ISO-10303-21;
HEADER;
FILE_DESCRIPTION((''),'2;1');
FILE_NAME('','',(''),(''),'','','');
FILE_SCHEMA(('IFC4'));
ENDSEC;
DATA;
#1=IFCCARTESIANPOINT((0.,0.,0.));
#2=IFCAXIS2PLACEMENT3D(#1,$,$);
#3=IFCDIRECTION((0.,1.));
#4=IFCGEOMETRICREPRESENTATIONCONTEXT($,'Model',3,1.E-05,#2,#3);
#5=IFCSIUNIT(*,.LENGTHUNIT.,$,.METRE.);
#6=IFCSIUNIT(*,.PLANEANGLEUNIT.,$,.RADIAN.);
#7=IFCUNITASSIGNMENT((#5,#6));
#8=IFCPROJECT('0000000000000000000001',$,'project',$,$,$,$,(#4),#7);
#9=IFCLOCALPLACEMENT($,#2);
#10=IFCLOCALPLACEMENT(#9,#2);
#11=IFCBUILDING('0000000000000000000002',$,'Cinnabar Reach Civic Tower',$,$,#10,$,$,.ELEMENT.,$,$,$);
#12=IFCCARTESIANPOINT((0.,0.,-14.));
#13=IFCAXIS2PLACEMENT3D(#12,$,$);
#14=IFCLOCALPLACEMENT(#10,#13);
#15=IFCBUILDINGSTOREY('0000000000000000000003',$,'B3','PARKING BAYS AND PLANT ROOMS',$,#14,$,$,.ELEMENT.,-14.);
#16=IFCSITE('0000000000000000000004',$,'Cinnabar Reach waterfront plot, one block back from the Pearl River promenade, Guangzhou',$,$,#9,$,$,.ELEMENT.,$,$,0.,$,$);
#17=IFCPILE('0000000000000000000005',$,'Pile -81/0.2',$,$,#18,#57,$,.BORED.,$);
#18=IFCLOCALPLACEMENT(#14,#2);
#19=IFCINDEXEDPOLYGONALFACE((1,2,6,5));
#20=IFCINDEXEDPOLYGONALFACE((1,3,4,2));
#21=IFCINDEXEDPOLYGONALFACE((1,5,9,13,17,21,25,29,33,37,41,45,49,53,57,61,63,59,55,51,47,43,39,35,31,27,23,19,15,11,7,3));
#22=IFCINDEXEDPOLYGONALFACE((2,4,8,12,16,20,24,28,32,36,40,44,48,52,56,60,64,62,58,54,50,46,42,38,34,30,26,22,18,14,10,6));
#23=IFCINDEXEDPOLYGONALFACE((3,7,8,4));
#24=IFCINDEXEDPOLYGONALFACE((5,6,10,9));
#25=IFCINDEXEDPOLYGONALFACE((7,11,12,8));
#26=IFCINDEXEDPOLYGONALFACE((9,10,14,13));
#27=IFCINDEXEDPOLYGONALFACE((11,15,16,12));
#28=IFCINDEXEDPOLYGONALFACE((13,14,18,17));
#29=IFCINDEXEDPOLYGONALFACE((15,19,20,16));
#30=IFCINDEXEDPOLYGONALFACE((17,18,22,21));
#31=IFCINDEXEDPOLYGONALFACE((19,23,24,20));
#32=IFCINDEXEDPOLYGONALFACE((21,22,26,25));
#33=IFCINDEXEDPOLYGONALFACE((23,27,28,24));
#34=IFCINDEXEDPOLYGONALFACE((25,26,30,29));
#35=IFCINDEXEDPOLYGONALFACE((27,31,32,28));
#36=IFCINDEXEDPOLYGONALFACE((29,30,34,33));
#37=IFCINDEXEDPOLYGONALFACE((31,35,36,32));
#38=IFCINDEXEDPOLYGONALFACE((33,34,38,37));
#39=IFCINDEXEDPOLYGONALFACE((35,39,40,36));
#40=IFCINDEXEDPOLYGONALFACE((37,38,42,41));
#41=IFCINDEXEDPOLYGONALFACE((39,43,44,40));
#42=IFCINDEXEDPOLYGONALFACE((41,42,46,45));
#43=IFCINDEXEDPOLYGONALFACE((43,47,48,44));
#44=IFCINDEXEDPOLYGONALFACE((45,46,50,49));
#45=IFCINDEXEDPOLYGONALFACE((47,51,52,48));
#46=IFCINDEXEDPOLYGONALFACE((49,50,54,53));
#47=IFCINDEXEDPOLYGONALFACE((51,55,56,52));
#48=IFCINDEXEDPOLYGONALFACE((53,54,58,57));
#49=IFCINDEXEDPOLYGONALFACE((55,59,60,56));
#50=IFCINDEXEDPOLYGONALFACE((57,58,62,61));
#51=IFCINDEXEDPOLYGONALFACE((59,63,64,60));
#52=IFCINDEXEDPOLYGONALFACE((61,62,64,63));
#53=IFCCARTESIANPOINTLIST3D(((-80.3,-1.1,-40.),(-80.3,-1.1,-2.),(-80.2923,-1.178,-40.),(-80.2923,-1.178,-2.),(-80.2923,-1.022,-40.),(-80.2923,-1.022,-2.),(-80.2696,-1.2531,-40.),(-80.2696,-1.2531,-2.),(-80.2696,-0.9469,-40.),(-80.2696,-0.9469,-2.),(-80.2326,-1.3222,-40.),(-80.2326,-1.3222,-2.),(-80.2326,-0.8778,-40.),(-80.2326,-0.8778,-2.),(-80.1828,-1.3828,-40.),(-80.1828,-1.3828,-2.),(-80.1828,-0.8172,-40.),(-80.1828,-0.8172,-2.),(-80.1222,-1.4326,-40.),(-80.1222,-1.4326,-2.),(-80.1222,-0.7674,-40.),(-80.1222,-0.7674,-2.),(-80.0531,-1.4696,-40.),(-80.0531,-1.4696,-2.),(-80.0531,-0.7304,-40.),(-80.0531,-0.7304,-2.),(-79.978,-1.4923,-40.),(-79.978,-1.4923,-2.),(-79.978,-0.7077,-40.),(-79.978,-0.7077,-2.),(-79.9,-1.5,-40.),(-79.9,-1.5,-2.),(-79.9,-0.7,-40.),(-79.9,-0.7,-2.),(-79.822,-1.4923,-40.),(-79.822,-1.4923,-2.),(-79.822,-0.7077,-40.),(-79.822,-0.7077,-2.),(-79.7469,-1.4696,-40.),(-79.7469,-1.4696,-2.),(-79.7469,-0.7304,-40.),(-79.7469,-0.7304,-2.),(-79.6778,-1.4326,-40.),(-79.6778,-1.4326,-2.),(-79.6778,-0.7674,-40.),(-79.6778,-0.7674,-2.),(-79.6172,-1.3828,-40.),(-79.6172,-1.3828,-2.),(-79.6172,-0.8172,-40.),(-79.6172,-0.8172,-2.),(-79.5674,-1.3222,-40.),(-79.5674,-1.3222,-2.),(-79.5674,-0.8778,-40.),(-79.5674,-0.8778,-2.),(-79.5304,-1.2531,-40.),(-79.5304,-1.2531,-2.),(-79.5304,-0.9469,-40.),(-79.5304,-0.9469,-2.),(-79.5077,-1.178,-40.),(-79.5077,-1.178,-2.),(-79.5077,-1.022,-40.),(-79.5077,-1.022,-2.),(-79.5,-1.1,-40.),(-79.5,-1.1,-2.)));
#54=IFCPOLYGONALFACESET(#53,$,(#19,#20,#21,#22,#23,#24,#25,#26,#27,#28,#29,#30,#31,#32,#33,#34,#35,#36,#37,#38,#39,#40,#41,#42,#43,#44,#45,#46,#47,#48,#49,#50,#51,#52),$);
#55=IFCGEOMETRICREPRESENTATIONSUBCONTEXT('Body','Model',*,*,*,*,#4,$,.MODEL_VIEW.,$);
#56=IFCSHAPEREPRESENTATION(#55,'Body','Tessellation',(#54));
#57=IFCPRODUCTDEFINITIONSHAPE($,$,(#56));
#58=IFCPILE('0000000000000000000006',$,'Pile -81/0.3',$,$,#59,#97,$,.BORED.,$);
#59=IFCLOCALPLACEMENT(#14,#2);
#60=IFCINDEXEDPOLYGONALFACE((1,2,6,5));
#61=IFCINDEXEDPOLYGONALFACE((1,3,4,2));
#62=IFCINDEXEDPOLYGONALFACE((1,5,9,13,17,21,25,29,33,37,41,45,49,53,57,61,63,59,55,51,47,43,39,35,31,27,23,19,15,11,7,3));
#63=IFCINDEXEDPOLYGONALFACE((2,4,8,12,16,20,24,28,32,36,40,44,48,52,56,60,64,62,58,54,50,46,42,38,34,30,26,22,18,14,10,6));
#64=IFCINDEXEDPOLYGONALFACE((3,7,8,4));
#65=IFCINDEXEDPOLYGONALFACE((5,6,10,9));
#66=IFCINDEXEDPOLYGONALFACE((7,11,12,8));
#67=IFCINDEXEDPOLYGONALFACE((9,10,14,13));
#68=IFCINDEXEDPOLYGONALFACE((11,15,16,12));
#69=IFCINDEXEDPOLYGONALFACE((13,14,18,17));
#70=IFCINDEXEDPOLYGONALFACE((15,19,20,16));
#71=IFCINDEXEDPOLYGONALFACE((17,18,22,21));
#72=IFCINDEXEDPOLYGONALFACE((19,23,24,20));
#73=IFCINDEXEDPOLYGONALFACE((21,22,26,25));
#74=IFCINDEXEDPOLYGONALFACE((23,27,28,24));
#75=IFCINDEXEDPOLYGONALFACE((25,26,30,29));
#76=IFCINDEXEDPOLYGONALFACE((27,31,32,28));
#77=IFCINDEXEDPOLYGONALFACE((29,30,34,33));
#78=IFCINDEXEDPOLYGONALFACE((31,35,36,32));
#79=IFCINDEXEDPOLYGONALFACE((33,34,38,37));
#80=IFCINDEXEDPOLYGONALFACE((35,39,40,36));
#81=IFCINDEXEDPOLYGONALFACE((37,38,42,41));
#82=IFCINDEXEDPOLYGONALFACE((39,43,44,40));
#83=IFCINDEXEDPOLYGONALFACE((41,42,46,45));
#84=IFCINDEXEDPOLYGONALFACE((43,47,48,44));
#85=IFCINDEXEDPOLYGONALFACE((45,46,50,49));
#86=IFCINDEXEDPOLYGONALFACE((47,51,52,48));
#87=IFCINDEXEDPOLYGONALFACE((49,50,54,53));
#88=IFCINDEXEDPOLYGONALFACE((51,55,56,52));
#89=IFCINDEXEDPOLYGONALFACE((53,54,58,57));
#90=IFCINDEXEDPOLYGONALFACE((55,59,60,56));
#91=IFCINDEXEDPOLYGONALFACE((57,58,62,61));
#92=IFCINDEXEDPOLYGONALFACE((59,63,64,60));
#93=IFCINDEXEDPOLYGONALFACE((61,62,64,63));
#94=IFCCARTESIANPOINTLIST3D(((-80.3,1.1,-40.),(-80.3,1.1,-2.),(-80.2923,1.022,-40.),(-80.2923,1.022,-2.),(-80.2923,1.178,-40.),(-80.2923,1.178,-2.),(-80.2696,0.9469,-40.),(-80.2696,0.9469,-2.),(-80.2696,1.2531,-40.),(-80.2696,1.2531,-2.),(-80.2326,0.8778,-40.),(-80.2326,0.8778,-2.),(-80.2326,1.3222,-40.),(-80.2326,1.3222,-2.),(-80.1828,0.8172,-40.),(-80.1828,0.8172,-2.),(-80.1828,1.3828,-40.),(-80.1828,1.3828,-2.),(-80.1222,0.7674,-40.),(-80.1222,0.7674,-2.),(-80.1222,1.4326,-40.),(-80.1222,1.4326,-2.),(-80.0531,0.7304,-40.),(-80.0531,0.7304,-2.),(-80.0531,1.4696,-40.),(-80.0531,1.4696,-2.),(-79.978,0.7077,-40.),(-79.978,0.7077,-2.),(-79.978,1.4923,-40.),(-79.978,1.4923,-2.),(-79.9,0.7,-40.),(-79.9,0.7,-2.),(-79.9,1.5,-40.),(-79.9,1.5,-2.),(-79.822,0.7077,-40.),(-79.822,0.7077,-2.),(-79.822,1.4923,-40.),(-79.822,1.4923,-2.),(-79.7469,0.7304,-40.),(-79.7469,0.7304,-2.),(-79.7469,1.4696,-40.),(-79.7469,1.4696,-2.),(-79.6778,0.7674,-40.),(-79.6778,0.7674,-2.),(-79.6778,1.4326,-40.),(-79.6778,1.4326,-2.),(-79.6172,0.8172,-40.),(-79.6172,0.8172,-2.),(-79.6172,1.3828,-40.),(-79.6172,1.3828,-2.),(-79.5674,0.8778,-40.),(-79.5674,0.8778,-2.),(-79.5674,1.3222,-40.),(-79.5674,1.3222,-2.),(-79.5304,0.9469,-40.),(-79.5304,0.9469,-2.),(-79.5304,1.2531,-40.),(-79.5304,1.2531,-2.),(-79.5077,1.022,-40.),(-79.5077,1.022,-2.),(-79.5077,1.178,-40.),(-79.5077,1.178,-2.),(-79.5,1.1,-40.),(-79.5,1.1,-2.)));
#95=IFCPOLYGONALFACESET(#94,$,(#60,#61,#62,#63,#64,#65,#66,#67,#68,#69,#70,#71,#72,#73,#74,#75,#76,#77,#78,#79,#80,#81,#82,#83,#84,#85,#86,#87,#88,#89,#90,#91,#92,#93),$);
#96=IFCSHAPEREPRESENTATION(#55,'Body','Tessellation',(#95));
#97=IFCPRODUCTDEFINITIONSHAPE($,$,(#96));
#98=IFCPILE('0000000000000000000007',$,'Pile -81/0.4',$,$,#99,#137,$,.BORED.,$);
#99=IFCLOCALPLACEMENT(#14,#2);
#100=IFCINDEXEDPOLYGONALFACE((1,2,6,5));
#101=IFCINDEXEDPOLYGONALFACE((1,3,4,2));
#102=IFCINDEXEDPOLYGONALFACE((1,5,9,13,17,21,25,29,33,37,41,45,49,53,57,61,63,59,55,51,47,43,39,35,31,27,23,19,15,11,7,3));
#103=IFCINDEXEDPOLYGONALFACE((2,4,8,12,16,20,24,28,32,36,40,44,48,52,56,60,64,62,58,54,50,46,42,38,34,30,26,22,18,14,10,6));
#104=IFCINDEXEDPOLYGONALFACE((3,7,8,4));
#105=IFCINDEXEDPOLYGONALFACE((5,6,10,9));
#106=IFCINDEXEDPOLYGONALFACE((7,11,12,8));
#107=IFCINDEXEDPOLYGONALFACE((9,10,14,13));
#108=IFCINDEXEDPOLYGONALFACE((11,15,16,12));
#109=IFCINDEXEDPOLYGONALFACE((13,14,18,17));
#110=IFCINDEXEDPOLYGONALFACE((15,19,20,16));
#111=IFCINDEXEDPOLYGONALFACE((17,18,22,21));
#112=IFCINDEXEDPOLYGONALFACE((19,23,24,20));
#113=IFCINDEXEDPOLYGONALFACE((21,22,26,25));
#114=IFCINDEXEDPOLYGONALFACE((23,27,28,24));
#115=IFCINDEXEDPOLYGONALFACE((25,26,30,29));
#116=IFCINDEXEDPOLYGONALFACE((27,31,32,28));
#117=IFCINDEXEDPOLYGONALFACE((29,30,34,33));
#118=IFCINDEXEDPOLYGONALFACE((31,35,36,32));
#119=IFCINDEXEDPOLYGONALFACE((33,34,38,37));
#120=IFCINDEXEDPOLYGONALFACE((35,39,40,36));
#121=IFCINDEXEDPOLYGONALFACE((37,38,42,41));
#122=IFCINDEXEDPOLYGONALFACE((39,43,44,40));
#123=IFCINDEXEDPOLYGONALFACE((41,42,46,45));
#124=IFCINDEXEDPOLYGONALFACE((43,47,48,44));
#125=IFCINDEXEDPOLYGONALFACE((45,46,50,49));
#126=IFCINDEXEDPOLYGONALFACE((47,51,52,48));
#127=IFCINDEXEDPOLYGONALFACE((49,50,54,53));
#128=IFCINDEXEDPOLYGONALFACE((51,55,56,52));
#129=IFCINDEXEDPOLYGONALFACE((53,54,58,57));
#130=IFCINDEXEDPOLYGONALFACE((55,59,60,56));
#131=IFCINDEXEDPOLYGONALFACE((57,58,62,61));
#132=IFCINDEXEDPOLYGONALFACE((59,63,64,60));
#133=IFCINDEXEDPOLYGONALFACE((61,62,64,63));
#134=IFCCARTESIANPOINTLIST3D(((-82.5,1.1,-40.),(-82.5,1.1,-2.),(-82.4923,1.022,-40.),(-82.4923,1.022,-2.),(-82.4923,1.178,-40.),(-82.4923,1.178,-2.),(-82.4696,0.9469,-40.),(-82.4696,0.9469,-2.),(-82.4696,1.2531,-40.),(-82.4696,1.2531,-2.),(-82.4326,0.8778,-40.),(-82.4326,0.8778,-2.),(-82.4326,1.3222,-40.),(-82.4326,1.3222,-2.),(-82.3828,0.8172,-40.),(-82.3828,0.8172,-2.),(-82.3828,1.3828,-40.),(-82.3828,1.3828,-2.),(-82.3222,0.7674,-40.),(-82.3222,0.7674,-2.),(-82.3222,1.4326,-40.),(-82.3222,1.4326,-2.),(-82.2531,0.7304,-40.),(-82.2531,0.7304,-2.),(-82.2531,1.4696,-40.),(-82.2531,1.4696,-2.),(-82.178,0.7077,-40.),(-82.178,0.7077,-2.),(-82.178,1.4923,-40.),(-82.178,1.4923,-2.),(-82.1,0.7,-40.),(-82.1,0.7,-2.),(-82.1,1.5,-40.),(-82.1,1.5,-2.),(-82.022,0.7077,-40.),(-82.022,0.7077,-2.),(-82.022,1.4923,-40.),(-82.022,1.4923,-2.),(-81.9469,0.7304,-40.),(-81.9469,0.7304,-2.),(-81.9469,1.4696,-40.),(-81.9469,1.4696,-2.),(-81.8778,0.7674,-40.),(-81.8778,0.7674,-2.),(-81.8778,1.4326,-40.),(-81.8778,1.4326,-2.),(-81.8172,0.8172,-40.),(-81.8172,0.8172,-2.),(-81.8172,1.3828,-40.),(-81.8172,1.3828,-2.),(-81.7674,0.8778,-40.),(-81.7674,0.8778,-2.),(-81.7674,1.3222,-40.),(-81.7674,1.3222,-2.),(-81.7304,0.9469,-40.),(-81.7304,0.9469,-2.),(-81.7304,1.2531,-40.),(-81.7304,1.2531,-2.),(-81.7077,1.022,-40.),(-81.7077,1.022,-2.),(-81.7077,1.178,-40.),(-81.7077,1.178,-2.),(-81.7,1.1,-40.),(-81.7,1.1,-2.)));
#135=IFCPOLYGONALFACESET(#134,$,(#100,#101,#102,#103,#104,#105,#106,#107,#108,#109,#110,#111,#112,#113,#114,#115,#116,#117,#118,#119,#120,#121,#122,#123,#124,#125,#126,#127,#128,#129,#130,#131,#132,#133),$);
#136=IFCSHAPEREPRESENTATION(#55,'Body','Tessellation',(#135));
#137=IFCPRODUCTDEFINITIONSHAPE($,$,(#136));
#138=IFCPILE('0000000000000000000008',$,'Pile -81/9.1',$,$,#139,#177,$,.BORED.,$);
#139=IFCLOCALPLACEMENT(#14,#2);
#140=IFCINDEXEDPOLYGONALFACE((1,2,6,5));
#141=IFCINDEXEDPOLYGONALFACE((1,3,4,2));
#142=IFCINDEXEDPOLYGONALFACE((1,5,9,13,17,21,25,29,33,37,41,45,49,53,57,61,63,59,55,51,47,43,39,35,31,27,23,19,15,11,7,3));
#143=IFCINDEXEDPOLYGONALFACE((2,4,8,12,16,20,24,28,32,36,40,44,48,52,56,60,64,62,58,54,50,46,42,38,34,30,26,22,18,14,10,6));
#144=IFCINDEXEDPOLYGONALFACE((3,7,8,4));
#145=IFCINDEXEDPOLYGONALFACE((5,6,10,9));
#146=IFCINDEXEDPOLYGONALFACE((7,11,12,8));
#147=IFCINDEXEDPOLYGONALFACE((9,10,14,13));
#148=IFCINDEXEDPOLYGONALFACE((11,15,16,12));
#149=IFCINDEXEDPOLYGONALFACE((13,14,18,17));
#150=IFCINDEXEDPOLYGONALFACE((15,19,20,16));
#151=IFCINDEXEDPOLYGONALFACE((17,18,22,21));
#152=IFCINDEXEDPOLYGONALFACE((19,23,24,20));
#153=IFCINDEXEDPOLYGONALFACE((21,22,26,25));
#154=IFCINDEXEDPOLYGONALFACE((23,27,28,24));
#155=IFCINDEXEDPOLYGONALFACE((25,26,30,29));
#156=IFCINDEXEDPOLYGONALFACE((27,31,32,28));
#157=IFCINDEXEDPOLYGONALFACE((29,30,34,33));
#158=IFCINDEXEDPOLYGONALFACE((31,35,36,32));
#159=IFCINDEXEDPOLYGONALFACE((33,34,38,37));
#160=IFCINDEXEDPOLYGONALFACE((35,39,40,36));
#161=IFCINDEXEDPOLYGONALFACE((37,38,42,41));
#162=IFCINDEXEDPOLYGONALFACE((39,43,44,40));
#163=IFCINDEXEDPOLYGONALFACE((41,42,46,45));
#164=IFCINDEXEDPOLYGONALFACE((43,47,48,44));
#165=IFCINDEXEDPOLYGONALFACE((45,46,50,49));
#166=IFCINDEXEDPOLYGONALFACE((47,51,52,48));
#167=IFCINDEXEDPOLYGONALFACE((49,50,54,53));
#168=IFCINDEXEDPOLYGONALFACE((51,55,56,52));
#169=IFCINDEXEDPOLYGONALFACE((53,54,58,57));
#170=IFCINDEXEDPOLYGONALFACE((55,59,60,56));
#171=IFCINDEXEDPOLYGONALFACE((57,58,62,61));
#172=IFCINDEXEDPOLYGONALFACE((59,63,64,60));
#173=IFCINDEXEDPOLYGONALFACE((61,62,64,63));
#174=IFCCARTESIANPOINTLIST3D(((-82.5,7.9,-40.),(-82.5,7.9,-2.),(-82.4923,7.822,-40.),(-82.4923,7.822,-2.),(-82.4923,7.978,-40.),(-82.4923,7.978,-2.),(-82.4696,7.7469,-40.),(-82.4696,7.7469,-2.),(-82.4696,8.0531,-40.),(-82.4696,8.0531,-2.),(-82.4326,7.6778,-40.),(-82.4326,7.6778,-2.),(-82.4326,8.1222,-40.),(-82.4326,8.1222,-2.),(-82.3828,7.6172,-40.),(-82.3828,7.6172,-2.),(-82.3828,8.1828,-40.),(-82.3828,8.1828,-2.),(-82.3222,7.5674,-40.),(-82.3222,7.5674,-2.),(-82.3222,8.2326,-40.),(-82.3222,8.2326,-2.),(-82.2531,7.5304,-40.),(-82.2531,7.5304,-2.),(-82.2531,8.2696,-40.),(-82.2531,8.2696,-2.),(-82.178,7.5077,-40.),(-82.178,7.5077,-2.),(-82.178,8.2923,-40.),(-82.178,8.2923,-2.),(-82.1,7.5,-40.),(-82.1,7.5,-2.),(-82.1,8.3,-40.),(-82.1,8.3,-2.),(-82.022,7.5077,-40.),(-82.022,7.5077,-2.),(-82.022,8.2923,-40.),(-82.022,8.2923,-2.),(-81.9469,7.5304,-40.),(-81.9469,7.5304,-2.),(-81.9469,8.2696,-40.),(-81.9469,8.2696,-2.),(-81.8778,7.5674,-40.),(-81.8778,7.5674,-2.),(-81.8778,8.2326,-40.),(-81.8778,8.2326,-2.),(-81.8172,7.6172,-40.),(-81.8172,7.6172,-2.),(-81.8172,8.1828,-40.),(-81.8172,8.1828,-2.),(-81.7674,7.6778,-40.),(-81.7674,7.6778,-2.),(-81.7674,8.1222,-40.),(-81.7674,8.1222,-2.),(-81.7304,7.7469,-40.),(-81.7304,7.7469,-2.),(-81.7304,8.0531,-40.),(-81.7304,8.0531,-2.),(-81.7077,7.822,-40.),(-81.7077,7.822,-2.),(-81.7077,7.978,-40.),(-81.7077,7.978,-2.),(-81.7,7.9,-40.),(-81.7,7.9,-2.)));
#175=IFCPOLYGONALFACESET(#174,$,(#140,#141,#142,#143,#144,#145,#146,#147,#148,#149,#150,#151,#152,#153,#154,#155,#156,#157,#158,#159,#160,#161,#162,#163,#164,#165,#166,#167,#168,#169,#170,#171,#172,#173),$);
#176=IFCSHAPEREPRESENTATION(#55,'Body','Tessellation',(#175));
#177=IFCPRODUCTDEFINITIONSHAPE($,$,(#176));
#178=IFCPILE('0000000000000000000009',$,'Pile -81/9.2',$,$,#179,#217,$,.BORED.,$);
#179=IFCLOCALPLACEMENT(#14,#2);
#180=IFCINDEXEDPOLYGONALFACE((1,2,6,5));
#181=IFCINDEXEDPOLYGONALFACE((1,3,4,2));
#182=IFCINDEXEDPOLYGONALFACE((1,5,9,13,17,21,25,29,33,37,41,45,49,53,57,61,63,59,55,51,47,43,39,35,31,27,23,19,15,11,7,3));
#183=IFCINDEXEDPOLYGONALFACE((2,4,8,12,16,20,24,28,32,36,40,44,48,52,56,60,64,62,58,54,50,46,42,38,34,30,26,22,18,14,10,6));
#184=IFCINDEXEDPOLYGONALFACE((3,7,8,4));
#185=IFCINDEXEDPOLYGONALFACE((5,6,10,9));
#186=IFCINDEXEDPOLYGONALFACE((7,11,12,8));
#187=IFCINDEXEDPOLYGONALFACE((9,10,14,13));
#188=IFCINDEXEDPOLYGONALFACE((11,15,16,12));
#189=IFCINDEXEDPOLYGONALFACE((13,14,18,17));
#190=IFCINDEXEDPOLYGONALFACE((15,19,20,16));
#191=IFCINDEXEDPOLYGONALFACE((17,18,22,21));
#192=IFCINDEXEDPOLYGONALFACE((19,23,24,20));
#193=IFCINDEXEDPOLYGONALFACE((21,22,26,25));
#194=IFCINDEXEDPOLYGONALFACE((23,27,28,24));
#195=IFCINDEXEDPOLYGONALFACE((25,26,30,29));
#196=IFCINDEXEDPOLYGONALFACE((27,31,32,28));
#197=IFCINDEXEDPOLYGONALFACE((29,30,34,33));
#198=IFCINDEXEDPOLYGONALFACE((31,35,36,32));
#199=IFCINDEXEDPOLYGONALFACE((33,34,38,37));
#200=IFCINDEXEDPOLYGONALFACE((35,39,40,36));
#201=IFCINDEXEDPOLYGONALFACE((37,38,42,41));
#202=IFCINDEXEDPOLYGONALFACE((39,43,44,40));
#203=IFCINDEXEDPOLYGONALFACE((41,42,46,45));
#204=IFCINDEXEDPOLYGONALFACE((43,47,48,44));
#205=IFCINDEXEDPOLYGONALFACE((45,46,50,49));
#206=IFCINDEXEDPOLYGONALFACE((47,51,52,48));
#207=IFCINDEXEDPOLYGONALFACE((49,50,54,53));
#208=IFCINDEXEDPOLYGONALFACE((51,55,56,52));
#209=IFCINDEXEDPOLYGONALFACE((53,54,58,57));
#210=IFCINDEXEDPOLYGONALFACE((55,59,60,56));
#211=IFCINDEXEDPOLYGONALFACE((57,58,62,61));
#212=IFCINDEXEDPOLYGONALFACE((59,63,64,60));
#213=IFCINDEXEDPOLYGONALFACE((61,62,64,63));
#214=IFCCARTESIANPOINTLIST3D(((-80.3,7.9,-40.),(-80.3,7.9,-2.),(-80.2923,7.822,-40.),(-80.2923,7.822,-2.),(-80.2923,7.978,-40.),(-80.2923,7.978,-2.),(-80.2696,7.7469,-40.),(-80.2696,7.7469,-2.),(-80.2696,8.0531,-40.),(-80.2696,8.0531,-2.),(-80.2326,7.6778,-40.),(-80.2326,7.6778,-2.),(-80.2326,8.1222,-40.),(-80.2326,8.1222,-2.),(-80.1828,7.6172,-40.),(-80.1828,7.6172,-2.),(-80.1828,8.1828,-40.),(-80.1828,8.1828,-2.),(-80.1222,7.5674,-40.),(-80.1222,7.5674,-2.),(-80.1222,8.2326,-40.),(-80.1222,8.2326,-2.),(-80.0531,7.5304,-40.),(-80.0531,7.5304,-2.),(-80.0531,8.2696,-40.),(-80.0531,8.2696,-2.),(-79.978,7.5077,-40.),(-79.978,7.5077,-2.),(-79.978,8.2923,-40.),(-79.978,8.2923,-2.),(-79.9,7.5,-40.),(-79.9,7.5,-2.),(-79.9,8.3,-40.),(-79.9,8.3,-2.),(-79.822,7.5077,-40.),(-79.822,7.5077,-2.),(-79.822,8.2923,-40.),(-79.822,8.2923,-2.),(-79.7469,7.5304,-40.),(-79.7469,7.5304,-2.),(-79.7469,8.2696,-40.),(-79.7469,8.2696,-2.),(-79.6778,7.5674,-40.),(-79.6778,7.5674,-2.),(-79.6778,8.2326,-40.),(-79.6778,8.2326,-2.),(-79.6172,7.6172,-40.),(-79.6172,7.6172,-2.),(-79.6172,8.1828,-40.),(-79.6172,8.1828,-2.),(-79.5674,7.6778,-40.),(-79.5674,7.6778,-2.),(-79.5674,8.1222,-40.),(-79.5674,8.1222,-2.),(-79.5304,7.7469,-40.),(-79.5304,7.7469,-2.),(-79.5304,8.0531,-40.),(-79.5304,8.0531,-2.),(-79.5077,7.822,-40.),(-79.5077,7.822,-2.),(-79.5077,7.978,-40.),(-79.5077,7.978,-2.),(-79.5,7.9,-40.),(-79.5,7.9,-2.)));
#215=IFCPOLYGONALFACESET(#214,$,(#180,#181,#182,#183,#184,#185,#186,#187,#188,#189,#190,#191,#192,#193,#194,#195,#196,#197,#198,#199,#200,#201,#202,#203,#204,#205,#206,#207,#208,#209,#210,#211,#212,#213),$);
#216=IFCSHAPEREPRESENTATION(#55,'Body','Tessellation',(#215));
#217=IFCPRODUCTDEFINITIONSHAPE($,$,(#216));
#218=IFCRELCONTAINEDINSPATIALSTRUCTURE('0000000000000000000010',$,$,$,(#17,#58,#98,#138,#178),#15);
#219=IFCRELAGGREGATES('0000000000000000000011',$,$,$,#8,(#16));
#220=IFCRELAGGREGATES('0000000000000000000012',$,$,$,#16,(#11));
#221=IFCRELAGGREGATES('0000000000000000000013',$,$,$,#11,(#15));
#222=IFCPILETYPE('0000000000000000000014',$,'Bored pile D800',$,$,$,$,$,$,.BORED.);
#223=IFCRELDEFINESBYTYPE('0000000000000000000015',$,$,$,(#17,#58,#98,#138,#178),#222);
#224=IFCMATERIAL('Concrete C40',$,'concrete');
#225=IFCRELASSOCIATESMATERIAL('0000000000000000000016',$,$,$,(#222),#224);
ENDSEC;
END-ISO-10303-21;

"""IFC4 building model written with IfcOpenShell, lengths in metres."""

from ifc_helpers import new_model, si_unit, direction, frame, origin, origin_2d, place, context, subcontext, project, spatial, circle, extrude, material, type_object, element, save


model = new_model("IFC4")

# Units and contexts
model_context = context("Model", 3, precision=1e-05, world=origin(), true_north=direction((0.0, 1.0)))
body_context = subcontext(model_context, "Body", "Model", "MODEL_VIEW")
ifc_project = project(units=[si_unit("LENGTHUNIT", "METRE"), si_unit("PLANEANGLEUNIT", "RADIAN")], contexts=[model_context])

# Site, building, storey
site_placement = place(None, origin())
site = spatial("IfcSite", under=ifc_project, at=site_placement, Name="Cinnabar Reach waterfront plot, one block back from the Pearl River promenade, Guangzhou", CompositionType="ELEMENT", RefElevation=0.0)
building_placement = place(site_placement, origin())
building = spatial("IfcBuilding", under=site, at=building_placement, Name="Cinnabar Reach Civic Tower", CompositionType="ELEMENT")
storey_placement = place(building_placement, frame((0.0, 0.0, -14.0)))
storey = spatial("IfcBuildingStorey", under=building, at=storey_placement, Name="B3", Description="PARKING BAYS AND PLANT ROOMS", CompositionType="ELEMENT", Elevation=-14.0)

# Piles
ifc_material_1 = material(Name="Concrete C40", Category="concrete")
pile_type = type_object("IfcPileType", Name="Bored pile D800", PredefinedType="BORED", material=ifc_material_1)
for number, where, z_axis, x_axis, name in (
    (1, (-79.9, -1.1, -2.0), (0.0, 0.0, -1.0), (1.0, 0.0, 0.0), "Pile -81/0.2"),
    (2, (-79.9, 1.1, -2.0), (0.0, 0.0, -1.0), (1.0, 0.0, 0.0), "Pile -81/0.3"),
    (3, (-82.1, 1.1, -2.0), (0.0, 0.0, -1.0), (1.0, 0.0, 0.0), "Pile -81/0.4"),
    (4, (-82.1, 7.9, -2.0), (0.0, 0.0, -1.0), (1.0, 0.0, 0.0), "Pile -81/9.1"),
    (5, (-79.9, 7.9, -2.0), (0.0, 0.0, -1.0), (1.0, 0.0, 0.0), "Pile -81/9.2"),
):
    element("IfcPile", number, at=place(storey_placement, frame(where, z_axis=z_axis, x_axis=x_axis)), inside=storey, type_object=pile_type, Name=name, PredefinedType="BORED", context=body_context, shape_type="SweptSolid", body=[
        extrude(circle(Radius=0.4, at=origin_2d()), origin(), (0.0, 0.0, 1.0), 38.0),
    ])

save(model, "model.ifc")
